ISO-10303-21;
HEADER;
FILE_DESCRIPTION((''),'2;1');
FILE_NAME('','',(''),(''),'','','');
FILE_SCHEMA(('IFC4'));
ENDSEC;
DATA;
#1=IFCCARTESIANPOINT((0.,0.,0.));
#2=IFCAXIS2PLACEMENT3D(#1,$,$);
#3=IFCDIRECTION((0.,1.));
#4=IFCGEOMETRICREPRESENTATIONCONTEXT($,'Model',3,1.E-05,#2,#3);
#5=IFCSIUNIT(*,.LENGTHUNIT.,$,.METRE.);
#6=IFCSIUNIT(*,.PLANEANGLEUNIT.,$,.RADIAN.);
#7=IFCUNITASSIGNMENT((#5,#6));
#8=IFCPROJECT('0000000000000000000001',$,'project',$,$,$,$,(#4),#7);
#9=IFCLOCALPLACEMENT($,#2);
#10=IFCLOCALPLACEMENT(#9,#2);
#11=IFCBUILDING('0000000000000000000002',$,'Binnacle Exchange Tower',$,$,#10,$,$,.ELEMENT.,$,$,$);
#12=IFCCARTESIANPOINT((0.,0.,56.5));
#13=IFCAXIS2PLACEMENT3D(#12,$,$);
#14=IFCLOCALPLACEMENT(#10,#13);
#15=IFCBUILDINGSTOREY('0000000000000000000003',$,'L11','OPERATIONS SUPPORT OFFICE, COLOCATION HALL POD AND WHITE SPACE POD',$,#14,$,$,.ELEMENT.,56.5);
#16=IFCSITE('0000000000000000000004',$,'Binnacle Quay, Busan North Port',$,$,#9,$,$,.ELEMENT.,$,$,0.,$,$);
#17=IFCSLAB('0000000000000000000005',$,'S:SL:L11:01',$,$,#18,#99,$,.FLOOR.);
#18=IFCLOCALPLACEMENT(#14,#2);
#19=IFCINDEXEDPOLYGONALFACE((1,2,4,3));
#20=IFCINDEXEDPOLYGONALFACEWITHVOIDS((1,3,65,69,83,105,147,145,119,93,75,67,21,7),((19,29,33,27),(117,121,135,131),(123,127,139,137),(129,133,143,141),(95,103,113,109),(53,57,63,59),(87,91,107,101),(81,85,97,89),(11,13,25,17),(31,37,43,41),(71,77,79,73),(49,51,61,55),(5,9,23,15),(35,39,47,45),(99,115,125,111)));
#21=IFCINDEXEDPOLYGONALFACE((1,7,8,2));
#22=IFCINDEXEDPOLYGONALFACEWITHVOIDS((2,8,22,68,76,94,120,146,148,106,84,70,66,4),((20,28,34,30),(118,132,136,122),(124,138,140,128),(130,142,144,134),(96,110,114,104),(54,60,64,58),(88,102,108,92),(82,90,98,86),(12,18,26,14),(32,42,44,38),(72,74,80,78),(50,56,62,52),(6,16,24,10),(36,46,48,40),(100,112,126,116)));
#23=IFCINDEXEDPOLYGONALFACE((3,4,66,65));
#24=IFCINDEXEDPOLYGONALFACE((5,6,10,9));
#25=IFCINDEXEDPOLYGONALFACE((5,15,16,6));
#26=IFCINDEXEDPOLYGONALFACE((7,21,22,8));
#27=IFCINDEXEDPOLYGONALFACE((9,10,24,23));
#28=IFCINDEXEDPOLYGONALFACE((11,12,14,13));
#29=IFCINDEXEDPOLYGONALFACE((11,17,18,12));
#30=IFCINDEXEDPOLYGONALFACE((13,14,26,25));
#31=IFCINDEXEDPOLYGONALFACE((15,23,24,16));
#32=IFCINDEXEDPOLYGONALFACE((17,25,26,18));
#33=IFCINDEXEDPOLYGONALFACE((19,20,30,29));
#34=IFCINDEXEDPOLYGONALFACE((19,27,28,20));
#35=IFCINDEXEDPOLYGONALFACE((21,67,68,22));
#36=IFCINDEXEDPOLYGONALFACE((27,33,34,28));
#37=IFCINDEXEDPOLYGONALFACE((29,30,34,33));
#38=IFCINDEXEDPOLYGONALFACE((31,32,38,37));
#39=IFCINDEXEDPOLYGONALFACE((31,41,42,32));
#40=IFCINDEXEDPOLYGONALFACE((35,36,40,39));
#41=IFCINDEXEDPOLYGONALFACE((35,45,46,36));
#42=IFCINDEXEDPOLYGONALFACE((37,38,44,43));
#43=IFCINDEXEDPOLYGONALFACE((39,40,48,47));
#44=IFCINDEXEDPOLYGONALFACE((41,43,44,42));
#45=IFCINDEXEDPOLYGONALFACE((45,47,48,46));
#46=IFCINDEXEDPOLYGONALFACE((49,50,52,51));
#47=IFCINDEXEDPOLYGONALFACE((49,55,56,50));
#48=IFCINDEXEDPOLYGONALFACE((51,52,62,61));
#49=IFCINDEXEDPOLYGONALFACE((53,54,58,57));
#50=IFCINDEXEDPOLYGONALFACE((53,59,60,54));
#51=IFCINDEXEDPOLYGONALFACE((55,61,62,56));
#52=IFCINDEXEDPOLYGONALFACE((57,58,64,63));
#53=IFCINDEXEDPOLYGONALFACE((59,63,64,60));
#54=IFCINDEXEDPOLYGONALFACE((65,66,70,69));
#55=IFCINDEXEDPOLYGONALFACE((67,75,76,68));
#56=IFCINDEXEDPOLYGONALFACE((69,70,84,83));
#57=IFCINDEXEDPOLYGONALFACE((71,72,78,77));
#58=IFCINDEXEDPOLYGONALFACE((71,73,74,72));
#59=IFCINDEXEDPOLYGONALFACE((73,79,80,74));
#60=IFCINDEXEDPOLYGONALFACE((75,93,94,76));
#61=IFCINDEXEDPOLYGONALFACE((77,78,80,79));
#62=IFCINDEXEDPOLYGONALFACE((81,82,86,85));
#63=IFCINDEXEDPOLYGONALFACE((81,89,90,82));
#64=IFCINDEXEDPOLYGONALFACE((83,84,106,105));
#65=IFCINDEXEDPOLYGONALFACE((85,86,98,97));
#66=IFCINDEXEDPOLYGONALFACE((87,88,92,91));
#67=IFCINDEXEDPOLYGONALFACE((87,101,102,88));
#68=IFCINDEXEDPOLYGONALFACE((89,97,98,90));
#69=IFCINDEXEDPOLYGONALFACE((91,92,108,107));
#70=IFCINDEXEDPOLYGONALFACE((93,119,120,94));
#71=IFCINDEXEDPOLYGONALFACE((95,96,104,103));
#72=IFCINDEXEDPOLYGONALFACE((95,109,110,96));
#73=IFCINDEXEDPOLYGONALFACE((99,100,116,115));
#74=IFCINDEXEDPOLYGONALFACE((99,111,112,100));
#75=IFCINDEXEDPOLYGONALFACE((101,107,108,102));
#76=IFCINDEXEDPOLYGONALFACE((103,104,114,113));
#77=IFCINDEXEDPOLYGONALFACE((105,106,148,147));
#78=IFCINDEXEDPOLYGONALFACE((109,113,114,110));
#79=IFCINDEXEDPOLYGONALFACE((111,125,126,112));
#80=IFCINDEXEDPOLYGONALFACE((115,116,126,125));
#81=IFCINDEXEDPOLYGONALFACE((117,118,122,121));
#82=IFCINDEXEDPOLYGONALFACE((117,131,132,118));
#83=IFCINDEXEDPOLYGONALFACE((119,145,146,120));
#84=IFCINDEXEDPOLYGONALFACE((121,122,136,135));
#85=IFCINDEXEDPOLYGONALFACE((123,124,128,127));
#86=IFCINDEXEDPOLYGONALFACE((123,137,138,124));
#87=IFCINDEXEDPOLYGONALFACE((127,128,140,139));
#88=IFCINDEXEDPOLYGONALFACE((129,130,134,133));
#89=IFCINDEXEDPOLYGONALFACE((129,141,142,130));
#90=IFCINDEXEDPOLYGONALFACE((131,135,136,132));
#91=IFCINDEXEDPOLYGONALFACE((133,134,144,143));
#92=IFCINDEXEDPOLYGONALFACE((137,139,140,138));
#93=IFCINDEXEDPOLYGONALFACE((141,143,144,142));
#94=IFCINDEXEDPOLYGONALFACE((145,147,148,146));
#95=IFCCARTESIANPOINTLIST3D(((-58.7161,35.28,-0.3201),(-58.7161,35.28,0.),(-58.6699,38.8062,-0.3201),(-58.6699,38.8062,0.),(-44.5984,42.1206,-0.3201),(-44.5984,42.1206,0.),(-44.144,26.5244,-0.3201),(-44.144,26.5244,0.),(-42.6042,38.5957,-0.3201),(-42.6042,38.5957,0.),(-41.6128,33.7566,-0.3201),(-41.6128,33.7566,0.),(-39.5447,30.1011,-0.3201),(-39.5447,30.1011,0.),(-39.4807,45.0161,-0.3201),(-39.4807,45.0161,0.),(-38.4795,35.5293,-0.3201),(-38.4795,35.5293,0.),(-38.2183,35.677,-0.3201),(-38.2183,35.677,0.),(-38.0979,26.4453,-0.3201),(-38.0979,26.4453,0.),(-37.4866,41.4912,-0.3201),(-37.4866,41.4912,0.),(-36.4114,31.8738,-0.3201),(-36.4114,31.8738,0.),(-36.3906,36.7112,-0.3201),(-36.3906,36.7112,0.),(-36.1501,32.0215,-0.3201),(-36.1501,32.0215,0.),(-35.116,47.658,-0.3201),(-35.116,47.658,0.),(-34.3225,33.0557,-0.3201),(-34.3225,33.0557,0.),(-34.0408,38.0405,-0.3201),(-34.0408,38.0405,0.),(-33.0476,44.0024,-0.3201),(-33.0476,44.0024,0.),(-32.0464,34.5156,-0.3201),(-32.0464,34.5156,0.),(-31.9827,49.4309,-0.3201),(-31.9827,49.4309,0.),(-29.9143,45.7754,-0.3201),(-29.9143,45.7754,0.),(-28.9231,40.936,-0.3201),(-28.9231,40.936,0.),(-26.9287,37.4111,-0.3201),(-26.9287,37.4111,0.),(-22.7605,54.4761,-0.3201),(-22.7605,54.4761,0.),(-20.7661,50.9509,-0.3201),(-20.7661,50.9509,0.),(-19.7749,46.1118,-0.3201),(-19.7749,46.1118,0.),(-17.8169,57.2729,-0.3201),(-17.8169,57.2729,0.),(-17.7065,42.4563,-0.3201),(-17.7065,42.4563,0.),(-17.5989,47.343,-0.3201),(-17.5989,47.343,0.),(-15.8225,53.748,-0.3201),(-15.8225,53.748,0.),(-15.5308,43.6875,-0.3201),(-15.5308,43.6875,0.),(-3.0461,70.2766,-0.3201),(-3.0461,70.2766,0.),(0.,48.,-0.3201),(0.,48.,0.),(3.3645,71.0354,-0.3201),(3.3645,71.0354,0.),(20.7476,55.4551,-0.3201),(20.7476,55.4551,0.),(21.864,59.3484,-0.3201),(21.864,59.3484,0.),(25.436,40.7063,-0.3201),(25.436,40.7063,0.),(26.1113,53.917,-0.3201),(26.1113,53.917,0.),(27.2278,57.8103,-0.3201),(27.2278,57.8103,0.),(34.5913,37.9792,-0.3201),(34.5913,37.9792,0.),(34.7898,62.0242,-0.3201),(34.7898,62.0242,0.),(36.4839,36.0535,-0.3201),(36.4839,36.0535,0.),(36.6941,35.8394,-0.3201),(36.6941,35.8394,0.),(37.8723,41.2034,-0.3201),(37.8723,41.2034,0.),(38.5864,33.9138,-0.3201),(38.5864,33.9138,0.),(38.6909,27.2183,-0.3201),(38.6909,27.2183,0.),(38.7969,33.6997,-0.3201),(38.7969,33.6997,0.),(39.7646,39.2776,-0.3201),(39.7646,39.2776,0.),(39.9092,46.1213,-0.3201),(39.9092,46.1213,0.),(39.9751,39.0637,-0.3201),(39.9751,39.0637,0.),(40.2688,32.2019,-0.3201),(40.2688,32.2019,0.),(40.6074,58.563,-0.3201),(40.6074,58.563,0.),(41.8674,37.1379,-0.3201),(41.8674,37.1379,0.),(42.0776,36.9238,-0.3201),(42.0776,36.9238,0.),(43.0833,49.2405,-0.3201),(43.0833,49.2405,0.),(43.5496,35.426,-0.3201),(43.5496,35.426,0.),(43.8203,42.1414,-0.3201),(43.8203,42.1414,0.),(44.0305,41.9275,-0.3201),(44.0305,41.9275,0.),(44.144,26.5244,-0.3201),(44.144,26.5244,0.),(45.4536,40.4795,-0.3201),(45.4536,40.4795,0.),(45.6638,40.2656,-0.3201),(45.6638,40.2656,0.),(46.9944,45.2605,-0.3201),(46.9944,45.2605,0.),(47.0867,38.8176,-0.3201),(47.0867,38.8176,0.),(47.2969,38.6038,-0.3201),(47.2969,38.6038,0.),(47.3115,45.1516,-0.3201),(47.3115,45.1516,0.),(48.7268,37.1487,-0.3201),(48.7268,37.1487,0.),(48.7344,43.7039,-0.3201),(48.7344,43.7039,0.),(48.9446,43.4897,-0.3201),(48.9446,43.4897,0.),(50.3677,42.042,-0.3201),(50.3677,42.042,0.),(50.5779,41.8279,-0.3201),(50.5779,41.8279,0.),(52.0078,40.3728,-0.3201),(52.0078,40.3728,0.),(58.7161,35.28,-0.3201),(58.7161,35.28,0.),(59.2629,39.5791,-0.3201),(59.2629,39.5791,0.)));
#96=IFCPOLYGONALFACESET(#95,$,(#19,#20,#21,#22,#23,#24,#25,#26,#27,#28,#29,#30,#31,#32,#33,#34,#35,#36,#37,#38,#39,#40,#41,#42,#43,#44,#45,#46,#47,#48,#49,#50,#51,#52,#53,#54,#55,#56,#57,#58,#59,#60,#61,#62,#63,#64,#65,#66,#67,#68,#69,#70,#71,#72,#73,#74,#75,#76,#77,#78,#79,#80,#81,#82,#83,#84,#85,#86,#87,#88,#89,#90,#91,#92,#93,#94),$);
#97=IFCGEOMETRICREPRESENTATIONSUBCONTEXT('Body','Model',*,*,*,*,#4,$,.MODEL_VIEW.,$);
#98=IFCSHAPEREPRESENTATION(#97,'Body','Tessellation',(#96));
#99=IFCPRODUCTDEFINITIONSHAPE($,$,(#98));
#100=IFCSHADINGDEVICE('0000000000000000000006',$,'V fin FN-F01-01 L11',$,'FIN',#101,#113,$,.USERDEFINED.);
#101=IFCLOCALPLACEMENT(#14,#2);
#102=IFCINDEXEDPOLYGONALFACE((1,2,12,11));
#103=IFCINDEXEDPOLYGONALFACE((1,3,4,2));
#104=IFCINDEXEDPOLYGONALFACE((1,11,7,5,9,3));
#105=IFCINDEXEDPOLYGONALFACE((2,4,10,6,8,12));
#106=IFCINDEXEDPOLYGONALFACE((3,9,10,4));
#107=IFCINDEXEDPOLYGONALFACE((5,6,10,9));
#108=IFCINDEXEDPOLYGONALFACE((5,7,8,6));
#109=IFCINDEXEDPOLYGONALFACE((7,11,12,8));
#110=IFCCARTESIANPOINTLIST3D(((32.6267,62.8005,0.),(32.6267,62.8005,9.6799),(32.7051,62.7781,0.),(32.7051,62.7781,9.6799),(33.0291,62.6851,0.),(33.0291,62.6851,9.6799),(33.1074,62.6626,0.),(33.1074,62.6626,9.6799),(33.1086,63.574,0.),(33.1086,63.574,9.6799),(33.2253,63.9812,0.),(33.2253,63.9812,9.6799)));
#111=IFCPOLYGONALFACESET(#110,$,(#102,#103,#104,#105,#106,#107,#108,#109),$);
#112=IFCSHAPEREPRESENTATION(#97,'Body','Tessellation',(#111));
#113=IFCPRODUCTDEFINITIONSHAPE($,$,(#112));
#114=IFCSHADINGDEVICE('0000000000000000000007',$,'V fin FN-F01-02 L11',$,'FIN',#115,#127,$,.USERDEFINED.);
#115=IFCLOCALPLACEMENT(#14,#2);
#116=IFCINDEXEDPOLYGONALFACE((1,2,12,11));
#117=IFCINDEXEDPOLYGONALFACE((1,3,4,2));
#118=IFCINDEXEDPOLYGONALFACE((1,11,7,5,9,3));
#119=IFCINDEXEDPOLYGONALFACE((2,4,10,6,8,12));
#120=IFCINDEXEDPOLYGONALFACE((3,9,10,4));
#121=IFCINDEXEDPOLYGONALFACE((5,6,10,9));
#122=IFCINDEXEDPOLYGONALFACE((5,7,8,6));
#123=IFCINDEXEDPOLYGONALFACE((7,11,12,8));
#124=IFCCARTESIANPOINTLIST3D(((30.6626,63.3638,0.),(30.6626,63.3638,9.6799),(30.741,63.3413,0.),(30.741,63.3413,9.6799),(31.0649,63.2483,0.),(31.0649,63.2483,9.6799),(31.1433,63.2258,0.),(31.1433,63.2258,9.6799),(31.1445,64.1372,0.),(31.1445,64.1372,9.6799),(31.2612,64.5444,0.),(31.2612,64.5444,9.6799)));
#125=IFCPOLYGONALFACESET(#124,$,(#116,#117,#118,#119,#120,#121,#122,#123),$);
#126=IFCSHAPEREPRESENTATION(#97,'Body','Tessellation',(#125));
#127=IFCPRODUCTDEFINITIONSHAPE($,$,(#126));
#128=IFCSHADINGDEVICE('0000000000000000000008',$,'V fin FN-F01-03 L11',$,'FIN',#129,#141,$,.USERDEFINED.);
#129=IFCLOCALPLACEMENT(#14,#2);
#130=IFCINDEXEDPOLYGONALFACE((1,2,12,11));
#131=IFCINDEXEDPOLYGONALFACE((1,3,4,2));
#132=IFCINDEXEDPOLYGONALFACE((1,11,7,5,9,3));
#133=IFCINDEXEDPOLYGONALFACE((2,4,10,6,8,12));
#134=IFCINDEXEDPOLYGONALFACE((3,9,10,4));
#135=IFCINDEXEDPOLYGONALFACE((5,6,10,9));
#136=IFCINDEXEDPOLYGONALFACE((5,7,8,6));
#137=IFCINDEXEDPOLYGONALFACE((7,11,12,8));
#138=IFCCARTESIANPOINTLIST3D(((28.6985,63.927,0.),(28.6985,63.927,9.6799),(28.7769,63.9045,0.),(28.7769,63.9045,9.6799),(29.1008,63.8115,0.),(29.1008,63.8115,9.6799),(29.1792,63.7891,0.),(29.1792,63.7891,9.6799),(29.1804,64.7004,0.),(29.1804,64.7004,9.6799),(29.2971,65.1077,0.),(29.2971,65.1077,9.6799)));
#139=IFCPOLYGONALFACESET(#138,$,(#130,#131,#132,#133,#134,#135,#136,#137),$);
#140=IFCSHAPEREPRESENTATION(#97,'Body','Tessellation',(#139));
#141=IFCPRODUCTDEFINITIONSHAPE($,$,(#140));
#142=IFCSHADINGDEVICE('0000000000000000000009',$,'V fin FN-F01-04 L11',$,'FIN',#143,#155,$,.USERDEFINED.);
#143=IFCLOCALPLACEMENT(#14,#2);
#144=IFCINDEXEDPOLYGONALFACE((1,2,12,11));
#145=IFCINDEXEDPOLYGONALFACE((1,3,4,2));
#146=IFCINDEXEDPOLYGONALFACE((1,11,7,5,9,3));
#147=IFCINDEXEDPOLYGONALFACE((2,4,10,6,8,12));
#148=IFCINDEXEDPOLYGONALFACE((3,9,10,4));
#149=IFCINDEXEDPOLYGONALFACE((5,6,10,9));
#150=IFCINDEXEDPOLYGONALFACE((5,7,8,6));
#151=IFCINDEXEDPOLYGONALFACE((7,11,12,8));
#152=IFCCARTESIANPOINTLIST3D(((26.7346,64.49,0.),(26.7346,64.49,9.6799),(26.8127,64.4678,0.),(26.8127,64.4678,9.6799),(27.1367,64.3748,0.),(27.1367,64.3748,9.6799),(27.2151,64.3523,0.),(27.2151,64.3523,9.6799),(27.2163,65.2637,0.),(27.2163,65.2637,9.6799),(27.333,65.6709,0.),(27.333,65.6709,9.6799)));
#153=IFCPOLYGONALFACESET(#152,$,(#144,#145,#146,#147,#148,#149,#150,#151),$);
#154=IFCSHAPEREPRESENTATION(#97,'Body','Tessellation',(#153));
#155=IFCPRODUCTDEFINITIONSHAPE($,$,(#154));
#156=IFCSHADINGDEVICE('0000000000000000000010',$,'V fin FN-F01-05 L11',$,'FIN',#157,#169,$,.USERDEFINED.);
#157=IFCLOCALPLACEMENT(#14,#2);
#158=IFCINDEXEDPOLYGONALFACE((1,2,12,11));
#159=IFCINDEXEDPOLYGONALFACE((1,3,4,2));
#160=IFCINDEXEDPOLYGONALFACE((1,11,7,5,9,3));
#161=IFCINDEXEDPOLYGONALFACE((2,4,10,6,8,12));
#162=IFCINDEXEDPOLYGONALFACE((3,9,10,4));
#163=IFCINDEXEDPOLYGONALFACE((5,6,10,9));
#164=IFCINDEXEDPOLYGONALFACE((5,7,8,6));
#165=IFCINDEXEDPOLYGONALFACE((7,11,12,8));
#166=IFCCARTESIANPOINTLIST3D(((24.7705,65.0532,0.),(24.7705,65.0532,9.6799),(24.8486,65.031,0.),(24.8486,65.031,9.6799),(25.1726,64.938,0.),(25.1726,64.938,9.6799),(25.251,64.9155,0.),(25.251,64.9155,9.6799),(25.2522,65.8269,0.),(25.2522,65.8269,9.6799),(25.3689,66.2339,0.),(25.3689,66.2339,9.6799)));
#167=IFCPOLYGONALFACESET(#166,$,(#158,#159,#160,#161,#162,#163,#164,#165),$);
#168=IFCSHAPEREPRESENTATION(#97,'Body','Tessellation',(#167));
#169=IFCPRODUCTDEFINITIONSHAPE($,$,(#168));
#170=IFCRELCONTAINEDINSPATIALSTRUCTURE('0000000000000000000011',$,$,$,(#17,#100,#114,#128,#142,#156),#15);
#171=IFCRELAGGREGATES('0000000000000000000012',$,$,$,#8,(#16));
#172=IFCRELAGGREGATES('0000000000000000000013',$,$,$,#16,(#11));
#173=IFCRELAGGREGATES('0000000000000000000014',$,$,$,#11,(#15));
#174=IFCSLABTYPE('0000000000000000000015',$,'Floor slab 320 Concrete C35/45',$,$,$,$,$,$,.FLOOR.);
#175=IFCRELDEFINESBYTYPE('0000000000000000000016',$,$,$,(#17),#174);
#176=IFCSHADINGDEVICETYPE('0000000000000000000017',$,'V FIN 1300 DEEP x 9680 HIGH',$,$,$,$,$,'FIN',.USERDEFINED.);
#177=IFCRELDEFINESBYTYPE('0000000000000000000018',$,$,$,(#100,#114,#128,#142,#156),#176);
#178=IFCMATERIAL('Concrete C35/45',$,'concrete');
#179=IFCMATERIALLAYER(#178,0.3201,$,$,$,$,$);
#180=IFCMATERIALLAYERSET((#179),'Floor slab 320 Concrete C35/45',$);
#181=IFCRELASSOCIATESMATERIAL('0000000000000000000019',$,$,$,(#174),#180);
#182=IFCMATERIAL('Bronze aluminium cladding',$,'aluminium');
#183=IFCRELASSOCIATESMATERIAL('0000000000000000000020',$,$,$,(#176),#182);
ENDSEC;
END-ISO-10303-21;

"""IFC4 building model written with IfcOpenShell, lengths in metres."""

from ifc_helpers import new_model, si_unit, direction, frame, origin, place, context, subcontext, project, spatial, polyline, outline, extrude, material, layer, layer_set, type_object, element, save


model = new_model("IFC4")

# Units and contexts
model_context = context("Model", 3, precision=1e-05, world=origin(), true_north=direction((0.0, 1.0)))
body_context = subcontext(model_context, "Body", "Model", "MODEL_VIEW")
ifc_project = project(units=[si_unit("LENGTHUNIT", "METRE"), si_unit("PLANEANGLEUNIT", "RADIAN")], contexts=[model_context])

# Site, building, storey
site_placement = place(None, origin())
site = spatial("IfcSite", under=ifc_project, at=site_placement, Name="Binnacle Quay, Busan North Port", CompositionType="ELEMENT", RefElevation=0.0)
building_placement = place(site_placement, origin())
building = spatial("IfcBuilding", under=site, at=building_placement, Name="Binnacle Exchange Tower", CompositionType="ELEMENT")
storey_placement = place(building_placement, frame((0.0, 0.0, 56.5)))
storey = spatial("IfcBuildingStorey", under=building, at=storey_placement, Name="L11", Description="OPERATIONS SUPPORT OFFICE, COLOCATION HALL POD AND WHITE SPACE POD", CompositionType="ELEMENT", Elevation=56.5)

# Slab
ifc_material_1 = material(Name="Concrete C35/45", Category="concrete")
ifc_layer = layer(ifc_material_1, 0.3201)
ifc_layer_set = layer_set([ifc_layer], Name="Floor slab 320 Concrete C35/45")
slab_type = type_object("IfcSlabType", Name="Floor slab 320 Concrete C35/45", PredefinedType="FLOOR", material=ifc_layer_set)
slab_placement = place(storey_placement, frame((0.0, 0.0, -0.3201)))
element("IfcSlab", 1, at=slab_placement, inside=storey, type_object=slab_type, Name="S:SL:L11:01", PredefinedType="FLOOR", context=body_context, shape_type="SweptSolid", body=[
    extrude(outline(polyline([(59.2629, 39.5791), (58.7161, 35.28), (44.144, 26.5244), (38.6909, 27.2183), (25.436, 40.7063), (0.0, 48.0), (-38.0979, 26.4453), (-44.144, 26.5244), (-58.7161, 35.28), (-58.6699, 38.8062), (-3.0461, 70.2766), (3.3645, 71.0354), (34.7898, 62.0242), (40.6074, 58.563), (59.2629, 39.5791)]), holes=[polyline([(-38.4795, 35.5293), (-41.6128, 33.7566), (-39.5447, 30.1011), (-36.4114, 31.8738), (-38.4795, 35.5293)]), polyline([(-34.3225, 33.0557), (-36.3906, 36.7112), (-38.2183, 35.677), (-36.1501, 32.0215), (-34.3225, 33.0557)]), polyline([(-34.0408, 38.0405), (-32.0464, 34.5156), (-26.9287, 37.4111), (-28.9231, 40.936), (-34.0408, 38.0405)]), polyline([(-37.4866, 41.4912), (-39.4807, 45.0161), (-44.5984, 42.1206), (-42.6042, 38.5957), (-37.4866, 41.4912)]), polyline([(-15.5308, 43.6875), (-17.5989, 47.343), (-19.7749, 46.1118), (-17.7065, 42.4563), (-15.5308, 43.6875)]), polyline([(-29.9143, 45.7754), (-31.9827, 49.4309), (-35.116, 47.658), (-33.0476, 44.0024), (-29.9143, 45.7754)]), polyline([(-15.8225, 53.748), (-17.8169, 57.2729), (-22.7605, 54.4761), (-20.7661, 50.9509), (-15.8225, 53.748)]), polyline([(26.1113, 53.917), (27.2278, 57.8103), (21.864, 59.3484), (20.7476, 55.4551), (26.1113, 53.917)]), polyline([(40.2688, 32.2019), (43.5496, 35.426), (42.0776, 36.9238), (38.7969, 33.6997), (40.2688, 32.2019)]), polyline([(38.5864, 33.9138), (41.8674, 37.1379), (39.9751, 39.0637), (36.6941, 35.8394), (38.5864, 33.9138)]), polyline([(36.4839, 36.0535), (39.7646, 39.2776), (37.8723, 41.2034), (34.5913, 37.9792), (36.4839, 36.0535)]), polyline([(48.7268, 37.1487), (52.0078, 40.3728), (50.5779, 41.8279), (47.2969, 38.6038), (48.7268, 37.1487)]), polyline([(47.0867, 38.8176), (50.3677, 42.042), (48.9446, 43.4897), (45.6638, 40.2656), (47.0867, 38.8176)]), polyline([(45.4536, 40.4795), (48.7344, 43.7039), (47.3115, 45.1516), (44.0305, 41.9275), (45.4536, 40.4795)]), polyline([(43.8203, 42.1414), (46.9944, 45.2605), (43.0833, 49.2405), (39.9092, 46.1213), (43.8203, 42.1414)])]), origin(), (0.0, 0.0, 1.0), 0.3201),
])

# Shading devices
ifc_material_2 = material(Name="Bronze aluminium cladding", Category="aluminium")
shading_device_type = type_object("IfcShadingDeviceType", Name="V FIN 1300 DEEP x 9680 HIGH", ElementType="FIN", PredefinedType="USERDEFINED", material=ifc_material_2)
shading_device_1_placement = place(storey_placement, origin())
element("IfcShadingDevice", 2, at=shading_device_1_placement, inside=storey, type_object=shading_device_type, Name="V fin FN-F01-01 L11", ObjectType="FIN", PredefinedType="USERDEFINED", context=body_context, shape_type="SweptSolid", body=[
    extrude(outline(polyline([(33.1074, 62.6626), (33.2253, 63.9812), (32.6267, 62.8005), (32.7051, 62.7781), (33.1086, 63.574), (33.0291, 62.6851), (33.1074, 62.6626)])), origin(), (0.0, 0.0, 1.0), 9.6799),
])
shading_device_2_placement = place(storey_placement, origin())
element("IfcShadingDevice", 3, at=shading_device_2_placement, inside=storey, type_object=shading_device_type, Name="V fin FN-F01-02 L11", ObjectType="FIN", PredefinedType="USERDEFINED", context=body_context, shape_type="SweptSolid", body=[
    extrude(outline(polyline([(31.1433, 63.2258), (31.2612, 64.5444), (30.6626, 63.3638), (30.741, 63.3413), (31.1445, 64.1372), (31.0649, 63.2483), (31.1433, 63.2258)])), origin(), (0.0, 0.0, 1.0), 9.6799),
])
shading_device_3_placement = place(storey_placement, origin())
element("IfcShadingDevice", 4, at=shading_device_3_placement, inside=storey, type_object=shading_device_type, Name="V fin FN-F01-03 L11", ObjectType="FIN", PredefinedType="USERDEFINED", context=body_context, shape_type="SweptSolid", body=[
    extrude(outline(polyline([(29.1792, 63.7891), (29.2971, 65.1077), (28.6985, 63.927), (28.7769, 63.9045), (29.1804, 64.7004), (29.1008, 63.8115), (29.1792, 63.7891)])), origin(), (0.0, 0.0, 1.0), 9.6799),
])
shading_device_4_placement = place(storey_placement, origin())
element("IfcShadingDevice", 5, at=shading_device_4_placement, inside=storey, type_object=shading_device_type, Name="V fin FN-F01-04 L11", ObjectType="FIN", PredefinedType="USERDEFINED", context=body_context, shape_type="SweptSolid", body=[
    extrude(outline(polyline([(27.2151, 64.3523), (27.333, 65.6709), (26.7346, 64.49), (26.8127, 64.4678), (27.2163, 65.2637), (27.1367, 64.3748), (27.2151, 64.3523)])), origin(), (0.0, 0.0, 1.0), 9.6799),
])
shading_device_5_placement = place(storey_placement, origin())
element("IfcShadingDevice", 6, at=shading_device_5_placement, inside=storey, type_object=shading_device_type, Name="V fin FN-F01-05 L11", ObjectType="FIN", PredefinedType="USERDEFINED", context=body_context, shape_type="SweptSolid", body=[
    extrude(outline(polyline([(25.251, 64.9155), (25.3689, 66.2339), (24.7705, 65.0532), (24.8486, 65.031), (25.2522, 65.8269), (25.1726, 64.938), (25.251, 64.9155)])), origin(), (0.0, 0.0, 1.0), 9.6799),
])

save(model, "model.ifc")
